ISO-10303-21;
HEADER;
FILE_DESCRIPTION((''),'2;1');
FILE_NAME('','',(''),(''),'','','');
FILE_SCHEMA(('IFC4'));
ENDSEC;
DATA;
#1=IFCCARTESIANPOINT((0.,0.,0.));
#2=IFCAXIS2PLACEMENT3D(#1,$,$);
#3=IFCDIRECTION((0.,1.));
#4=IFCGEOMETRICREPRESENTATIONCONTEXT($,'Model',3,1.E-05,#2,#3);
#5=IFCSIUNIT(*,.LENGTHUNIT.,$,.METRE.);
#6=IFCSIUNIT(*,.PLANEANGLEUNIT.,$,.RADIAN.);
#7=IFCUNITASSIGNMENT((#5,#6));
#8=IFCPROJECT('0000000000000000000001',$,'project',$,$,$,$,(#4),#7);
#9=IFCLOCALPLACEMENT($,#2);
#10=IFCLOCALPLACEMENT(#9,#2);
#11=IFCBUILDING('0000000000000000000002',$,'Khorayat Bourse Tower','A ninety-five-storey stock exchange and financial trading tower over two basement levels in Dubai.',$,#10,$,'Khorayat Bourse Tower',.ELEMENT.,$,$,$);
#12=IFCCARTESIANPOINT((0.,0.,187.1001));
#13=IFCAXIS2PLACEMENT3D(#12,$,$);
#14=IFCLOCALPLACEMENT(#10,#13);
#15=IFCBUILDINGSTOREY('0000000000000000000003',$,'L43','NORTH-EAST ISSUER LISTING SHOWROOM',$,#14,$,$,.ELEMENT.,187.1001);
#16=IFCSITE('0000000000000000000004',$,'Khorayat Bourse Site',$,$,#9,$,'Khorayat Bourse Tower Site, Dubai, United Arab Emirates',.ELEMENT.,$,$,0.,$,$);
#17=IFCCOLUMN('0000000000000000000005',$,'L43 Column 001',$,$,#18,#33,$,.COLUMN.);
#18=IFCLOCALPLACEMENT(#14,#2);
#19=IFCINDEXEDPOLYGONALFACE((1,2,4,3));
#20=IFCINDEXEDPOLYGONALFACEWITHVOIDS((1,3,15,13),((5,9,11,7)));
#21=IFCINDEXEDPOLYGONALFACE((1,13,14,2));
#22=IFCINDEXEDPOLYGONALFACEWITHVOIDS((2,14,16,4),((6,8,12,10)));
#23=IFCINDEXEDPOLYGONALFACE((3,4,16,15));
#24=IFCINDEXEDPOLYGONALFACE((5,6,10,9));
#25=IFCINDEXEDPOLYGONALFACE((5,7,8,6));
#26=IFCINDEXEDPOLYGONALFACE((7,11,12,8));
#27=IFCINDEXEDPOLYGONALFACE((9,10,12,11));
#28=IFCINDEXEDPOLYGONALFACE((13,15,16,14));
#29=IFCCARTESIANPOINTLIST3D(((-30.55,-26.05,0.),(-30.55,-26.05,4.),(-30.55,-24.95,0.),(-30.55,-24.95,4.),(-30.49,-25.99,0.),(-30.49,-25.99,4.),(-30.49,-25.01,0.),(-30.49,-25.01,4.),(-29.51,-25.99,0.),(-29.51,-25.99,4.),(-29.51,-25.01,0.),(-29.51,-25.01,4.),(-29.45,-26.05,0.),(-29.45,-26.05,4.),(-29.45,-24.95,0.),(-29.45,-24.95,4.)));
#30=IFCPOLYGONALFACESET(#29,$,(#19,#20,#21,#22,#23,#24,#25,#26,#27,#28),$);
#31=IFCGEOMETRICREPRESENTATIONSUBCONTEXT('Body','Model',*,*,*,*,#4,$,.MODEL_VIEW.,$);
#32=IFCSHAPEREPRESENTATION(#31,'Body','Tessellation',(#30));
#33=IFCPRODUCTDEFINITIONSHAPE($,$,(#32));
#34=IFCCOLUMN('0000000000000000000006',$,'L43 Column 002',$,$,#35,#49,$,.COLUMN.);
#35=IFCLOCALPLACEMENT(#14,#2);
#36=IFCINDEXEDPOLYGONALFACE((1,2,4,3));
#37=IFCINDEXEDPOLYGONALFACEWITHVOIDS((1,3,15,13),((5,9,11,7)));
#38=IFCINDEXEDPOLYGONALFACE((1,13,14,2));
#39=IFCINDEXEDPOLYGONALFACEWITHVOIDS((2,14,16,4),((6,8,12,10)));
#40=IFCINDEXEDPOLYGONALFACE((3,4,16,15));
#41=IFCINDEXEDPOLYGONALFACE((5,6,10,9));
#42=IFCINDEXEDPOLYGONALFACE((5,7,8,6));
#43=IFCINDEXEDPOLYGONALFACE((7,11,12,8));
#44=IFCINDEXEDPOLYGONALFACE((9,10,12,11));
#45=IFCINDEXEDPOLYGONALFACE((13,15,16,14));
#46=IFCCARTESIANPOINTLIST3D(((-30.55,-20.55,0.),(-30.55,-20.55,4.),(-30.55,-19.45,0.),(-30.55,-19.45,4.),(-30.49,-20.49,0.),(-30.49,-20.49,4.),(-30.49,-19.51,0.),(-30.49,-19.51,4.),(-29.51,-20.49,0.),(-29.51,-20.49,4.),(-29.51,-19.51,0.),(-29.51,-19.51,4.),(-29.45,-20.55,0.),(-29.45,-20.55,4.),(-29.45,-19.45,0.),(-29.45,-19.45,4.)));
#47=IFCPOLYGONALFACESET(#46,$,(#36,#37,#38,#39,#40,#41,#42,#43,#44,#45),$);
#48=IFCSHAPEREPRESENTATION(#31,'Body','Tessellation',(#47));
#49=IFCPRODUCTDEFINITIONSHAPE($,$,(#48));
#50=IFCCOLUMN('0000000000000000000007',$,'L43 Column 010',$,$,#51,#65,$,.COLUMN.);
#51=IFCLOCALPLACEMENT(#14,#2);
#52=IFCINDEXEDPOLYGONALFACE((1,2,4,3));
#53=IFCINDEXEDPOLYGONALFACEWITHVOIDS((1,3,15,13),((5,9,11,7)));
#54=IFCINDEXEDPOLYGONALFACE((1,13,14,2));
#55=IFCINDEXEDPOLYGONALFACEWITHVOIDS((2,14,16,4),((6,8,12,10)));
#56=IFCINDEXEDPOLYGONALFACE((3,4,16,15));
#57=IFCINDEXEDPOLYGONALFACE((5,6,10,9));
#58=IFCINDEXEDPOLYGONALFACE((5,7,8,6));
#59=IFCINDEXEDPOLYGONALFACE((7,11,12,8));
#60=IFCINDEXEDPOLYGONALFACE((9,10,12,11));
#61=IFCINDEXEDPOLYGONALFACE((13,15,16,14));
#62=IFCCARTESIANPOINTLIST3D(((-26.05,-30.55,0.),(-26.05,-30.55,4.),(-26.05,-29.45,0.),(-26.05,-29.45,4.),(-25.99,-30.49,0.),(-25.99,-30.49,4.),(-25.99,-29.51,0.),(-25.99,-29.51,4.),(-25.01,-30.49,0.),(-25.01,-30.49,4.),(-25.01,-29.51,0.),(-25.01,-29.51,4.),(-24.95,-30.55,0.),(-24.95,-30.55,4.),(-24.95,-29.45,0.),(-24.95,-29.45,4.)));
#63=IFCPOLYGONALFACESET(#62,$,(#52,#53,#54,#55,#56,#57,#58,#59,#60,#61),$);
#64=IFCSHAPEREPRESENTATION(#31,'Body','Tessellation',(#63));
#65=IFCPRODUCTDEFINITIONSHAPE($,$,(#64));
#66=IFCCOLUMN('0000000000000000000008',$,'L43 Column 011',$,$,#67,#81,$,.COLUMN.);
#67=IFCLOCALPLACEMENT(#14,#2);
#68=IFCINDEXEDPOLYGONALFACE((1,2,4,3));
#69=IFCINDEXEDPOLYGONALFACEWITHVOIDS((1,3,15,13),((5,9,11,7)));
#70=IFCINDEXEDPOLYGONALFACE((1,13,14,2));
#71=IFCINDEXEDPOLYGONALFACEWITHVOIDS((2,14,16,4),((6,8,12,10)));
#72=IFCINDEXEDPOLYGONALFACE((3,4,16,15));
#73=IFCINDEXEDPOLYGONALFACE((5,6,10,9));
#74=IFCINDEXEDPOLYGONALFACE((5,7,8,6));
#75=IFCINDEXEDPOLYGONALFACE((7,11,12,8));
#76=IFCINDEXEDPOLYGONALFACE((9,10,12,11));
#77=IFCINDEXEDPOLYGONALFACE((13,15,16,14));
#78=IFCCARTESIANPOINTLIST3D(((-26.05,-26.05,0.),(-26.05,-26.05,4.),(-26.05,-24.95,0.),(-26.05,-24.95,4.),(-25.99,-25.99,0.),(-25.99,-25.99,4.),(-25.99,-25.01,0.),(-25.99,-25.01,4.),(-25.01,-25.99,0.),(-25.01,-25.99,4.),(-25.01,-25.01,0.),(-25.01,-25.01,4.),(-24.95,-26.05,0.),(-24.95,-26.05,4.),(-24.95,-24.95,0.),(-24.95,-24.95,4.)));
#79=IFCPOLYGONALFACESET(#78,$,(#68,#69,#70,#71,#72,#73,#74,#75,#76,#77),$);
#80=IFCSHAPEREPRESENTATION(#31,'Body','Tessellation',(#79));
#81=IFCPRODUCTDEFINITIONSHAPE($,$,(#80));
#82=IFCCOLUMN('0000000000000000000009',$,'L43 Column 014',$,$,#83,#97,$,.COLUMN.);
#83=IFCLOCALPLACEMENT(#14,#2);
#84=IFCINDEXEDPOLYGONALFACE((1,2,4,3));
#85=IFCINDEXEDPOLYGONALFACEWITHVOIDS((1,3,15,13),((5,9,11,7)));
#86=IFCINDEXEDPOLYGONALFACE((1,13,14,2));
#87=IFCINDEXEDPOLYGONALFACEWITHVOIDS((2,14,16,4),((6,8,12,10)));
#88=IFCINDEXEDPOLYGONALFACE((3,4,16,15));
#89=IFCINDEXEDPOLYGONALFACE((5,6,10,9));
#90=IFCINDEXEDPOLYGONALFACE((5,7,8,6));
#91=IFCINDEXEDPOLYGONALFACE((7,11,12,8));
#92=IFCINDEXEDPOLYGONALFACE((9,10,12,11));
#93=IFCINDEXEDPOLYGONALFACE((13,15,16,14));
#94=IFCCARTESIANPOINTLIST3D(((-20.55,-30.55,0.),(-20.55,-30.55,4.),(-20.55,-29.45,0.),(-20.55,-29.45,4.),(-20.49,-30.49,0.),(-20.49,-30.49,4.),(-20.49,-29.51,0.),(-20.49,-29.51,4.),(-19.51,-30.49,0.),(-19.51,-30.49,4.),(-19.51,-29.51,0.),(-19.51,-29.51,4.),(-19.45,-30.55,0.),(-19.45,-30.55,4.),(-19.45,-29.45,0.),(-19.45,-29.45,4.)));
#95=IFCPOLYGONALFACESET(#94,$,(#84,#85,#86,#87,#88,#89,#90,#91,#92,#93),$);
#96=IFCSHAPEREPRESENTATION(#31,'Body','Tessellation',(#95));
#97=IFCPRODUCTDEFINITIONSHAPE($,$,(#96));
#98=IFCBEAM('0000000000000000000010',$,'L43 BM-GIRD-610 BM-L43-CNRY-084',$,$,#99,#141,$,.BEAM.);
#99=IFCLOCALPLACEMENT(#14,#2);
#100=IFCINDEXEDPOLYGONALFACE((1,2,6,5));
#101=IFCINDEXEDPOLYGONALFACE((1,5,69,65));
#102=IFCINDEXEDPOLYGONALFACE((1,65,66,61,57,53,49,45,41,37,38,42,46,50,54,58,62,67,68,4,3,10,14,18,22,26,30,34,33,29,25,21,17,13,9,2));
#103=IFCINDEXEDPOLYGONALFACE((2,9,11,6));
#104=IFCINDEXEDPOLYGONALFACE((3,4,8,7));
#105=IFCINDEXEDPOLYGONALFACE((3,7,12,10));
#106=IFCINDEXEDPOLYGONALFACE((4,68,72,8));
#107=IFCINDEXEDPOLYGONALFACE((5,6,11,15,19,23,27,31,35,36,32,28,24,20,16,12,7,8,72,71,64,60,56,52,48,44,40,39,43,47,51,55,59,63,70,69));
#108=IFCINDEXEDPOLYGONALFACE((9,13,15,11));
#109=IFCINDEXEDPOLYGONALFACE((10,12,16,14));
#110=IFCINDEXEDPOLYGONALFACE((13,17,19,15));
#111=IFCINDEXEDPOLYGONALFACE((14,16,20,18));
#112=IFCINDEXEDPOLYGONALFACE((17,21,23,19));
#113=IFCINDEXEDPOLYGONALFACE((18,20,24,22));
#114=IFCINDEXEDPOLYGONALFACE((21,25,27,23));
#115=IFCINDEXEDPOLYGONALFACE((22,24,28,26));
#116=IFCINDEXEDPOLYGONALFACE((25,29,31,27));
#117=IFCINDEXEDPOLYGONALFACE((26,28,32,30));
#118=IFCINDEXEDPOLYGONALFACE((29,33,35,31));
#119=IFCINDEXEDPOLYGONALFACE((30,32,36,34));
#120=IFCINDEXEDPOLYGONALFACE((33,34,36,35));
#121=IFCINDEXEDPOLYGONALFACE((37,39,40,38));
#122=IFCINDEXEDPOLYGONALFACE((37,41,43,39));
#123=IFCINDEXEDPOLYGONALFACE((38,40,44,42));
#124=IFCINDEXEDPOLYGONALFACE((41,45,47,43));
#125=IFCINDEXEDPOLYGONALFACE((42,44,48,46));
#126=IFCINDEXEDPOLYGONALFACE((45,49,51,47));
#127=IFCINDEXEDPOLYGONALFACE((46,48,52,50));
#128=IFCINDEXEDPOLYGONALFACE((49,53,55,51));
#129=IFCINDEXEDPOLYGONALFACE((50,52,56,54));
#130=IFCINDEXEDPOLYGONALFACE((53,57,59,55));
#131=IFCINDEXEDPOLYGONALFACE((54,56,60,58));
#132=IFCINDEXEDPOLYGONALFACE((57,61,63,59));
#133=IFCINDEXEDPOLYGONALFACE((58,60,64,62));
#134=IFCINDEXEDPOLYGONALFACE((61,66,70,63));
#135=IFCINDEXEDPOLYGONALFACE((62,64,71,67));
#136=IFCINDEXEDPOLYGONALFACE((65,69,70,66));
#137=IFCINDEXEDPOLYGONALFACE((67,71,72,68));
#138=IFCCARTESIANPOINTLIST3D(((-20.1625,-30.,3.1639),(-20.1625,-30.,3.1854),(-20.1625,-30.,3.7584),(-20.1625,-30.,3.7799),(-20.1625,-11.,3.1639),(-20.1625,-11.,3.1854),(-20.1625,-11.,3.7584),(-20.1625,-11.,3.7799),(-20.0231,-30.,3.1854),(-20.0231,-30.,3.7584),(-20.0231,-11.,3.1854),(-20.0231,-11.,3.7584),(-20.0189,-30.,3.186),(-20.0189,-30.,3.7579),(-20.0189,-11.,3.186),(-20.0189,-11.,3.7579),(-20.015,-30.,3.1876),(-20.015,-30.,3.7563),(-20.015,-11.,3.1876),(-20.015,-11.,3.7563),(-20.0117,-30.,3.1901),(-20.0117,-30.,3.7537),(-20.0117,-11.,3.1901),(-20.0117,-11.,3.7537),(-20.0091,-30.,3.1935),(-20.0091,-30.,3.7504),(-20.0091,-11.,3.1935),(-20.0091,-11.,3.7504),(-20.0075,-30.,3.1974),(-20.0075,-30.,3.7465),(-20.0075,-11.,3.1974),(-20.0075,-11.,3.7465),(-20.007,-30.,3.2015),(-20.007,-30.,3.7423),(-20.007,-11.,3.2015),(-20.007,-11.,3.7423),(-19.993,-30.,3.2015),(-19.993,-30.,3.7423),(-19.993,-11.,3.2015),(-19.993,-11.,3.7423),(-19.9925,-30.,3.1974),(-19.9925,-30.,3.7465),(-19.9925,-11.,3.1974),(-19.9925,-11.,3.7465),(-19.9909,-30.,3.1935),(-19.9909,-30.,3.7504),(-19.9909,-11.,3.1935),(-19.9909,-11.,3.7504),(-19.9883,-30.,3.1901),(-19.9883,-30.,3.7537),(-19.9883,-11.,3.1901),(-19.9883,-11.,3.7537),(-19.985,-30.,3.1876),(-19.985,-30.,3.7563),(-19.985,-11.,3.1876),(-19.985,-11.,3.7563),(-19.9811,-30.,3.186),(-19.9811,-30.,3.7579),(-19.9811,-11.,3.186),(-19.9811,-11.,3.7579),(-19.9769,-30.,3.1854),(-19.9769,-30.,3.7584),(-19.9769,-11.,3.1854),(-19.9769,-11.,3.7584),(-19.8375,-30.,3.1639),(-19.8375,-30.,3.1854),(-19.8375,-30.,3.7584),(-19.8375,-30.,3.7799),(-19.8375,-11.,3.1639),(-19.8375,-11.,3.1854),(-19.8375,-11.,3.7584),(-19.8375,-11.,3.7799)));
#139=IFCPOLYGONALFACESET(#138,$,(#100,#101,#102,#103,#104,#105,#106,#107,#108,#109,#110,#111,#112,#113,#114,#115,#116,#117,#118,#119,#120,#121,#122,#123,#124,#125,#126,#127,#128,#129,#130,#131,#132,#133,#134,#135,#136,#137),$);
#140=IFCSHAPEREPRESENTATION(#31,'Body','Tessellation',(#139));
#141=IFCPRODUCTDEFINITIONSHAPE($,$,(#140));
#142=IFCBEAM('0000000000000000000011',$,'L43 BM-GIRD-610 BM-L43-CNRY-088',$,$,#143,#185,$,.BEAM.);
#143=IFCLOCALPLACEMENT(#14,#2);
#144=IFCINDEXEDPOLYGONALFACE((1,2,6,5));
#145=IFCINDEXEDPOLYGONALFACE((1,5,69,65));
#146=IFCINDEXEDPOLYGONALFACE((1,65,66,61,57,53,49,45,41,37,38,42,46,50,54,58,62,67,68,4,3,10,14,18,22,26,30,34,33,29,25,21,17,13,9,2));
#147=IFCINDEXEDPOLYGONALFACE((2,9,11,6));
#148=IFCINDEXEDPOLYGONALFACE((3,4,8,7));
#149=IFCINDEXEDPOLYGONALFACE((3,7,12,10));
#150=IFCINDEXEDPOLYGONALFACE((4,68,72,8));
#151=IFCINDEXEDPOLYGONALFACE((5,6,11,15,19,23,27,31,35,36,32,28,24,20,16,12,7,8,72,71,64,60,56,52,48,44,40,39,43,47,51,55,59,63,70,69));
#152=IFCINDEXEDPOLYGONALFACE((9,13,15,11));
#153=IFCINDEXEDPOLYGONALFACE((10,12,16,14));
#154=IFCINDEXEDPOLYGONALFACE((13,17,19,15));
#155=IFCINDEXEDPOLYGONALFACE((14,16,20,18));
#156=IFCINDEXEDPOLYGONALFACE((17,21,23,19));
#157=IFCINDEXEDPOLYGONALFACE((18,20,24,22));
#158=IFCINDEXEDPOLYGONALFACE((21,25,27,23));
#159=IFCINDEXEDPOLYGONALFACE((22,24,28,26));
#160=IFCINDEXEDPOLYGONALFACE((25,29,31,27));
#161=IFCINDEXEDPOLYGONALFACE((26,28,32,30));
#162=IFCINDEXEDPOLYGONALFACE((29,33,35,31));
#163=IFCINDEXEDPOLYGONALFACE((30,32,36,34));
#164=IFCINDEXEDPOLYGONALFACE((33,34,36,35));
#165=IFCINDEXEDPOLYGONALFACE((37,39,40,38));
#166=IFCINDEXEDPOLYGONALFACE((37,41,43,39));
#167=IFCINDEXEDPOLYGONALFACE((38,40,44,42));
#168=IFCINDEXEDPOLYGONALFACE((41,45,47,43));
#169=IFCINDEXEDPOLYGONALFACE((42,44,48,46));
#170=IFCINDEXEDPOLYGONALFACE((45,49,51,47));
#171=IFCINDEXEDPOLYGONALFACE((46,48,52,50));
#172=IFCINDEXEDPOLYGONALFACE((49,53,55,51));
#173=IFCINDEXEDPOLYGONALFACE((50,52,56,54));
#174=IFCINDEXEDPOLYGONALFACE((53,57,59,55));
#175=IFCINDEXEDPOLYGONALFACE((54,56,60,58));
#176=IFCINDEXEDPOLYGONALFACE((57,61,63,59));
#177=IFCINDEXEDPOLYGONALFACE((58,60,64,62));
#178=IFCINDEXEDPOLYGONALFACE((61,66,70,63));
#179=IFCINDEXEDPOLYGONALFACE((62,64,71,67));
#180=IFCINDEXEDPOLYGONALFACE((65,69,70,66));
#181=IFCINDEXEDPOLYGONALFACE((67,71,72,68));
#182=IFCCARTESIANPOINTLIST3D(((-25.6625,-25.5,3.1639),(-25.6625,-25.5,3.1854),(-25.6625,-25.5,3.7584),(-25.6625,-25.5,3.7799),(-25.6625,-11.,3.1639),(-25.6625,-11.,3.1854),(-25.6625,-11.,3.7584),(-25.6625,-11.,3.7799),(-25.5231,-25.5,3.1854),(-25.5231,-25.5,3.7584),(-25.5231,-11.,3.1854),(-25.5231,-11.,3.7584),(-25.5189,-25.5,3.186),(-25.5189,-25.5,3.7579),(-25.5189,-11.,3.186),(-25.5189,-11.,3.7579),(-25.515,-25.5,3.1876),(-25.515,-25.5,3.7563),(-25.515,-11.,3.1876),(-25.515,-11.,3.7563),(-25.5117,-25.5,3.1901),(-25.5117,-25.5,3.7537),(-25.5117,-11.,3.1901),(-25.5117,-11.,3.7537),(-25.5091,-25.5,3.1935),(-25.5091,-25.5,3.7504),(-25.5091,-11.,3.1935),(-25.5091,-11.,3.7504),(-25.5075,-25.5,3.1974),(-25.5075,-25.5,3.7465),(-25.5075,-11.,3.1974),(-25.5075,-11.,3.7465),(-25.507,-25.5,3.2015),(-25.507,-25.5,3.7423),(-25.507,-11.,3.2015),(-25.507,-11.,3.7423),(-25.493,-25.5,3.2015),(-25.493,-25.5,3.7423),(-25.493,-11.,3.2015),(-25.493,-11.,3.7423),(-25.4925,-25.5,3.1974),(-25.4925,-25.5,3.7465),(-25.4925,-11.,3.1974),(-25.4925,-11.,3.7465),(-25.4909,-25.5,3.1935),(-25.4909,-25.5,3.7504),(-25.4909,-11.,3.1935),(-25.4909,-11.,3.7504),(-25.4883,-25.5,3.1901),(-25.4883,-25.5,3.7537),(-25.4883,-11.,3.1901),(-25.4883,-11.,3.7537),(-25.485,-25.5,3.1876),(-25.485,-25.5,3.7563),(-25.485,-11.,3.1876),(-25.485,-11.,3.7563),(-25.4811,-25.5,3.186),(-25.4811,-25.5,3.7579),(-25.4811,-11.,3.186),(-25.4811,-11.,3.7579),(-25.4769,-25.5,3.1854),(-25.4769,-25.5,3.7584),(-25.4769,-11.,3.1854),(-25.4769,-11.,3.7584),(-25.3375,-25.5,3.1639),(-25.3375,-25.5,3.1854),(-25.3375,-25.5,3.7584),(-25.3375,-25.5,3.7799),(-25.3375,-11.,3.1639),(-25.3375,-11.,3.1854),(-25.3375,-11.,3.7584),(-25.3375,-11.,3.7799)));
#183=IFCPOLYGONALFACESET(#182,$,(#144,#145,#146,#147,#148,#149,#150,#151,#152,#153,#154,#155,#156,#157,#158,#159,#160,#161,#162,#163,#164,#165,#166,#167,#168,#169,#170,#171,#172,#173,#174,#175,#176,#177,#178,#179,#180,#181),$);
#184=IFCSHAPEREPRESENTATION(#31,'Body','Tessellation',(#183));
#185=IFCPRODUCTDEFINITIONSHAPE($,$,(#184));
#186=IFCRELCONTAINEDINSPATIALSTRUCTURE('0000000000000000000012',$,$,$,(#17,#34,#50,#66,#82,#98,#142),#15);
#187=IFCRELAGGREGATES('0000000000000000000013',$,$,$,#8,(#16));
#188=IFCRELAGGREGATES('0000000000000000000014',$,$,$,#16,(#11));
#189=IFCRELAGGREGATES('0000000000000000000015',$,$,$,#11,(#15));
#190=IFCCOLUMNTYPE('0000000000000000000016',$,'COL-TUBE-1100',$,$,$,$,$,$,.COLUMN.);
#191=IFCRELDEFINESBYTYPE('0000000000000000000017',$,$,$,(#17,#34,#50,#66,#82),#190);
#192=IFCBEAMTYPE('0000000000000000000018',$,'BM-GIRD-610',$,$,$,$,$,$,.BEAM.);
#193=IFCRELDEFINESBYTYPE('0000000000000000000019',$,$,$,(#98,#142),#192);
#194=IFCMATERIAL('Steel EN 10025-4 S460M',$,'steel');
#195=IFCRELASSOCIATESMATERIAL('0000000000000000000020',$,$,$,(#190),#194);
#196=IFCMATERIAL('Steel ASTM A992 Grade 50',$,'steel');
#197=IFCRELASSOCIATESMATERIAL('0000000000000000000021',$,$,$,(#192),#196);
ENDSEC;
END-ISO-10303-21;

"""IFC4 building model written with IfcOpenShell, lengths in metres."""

from ifc_helpers import new_model, si_unit, direction, frame, origin, origin_2d, place, context, subcontext, project, spatial, hollow_rectangle, i_section, extrude, source, transform, mapped, material, material_profile, profile_set, type_object, element, save


model = new_model("IFC4")

# Units and contexts
model_context = context("Model", 3, precision=1e-05, world=origin(), true_north=direction((0.0, 1.0)))
body_context = subcontext(model_context, "Body", "Model", "MODEL_VIEW")
ifc_project = project(units=[si_unit("LENGTHUNIT", "METRE"), si_unit("PLANEANGLEUNIT", "RADIAN")], contexts=[model_context])

# Site, building, storey
site_placement = place(None, origin())
site = spatial("IfcSite", under=ifc_project, at=site_placement, Name="Khorayat Bourse Site", LongName="Khorayat Bourse Tower Site, Dubai, United Arab Emirates", CompositionType="ELEMENT", RefElevation=0.0)
building_placement = place(site_placement, origin())
building = spatial("IfcBuilding", under=site, at=building_placement, Name="Khorayat Bourse Tower", Description="A ninety-five-storey stock exchange and financial trading tower over two basement levels in Dubai.", LongName="Khorayat Bourse Tower", CompositionType="ELEMENT")
storey_placement = place(building_placement, frame((0.0, 0.0, 187.1001)))
storey = spatial("IfcBuildingStorey", under=building, at=storey_placement, Name="L43", Description="NORTH-EAST ISSUER LISTING SHOWROOM", CompositionType="ELEMENT", Elevation=187.1001)

# Columns
ifc_material_1 = material(Name="Steel EN 10025-4 S460M", Category="steel")
ifc_material_profile_1 = material_profile(ifc_material_1, hollow_rectangle(XDim=1.1001, YDim=1.1001, WallThickness=0.0601, at=origin_2d()), Name="BOX 1100x1100x60")
ifc_profile_set_1 = profile_set([ifc_material_profile_1], Name="Steel EN 10025-4 S460M")
column_type = type_object("IfcColumnType", Name="COL-TUBE-1100", PredefinedType="COLUMN", material=ifc_profile_set_1)
shared_shape_1 = source(origin(), body_context, "Body", "SweptSolid", [
    extrude(hollow_rectangle(XDim=1.1001, YDim=1.1001, WallThickness=0.0601, at=origin_2d()), origin(), (0.0, 0.0, 1.0), 4.0),
])
for number, where, z_axis, x_axis, name in (
    (1, (-30.0, -25.5, 0.0), (0.0, 0.0, 1.0), (1.0, 0.0, 0.0), "L43 Column 001"),
    (2, (-30.0, -20.0, 0.0), (0.0, 0.0, 1.0), (1.0, 0.0, 0.0), "L43 Column 002"),
    (3, (-25.5, -30.0, 0.0), (0.0, 0.0, 1.0), (1.0, 0.0, 0.0), "L43 Column 010"),
    (4, (-25.5, -25.5, 0.0), (0.0, 0.0, 1.0), (1.0, 0.0, 0.0), "L43 Column 011"),
    (5, (-20.0, -30.0, 0.0), (0.0, 0.0, 1.0), (1.0, 0.0, 0.0), "L43 Column 014"),
):
    element("IfcColumn", number, at=place(storey_placement, frame(where, z_axis=z_axis, x_axis=x_axis)), inside=storey, type_object=column_type, Name=name, PredefinedType="COLUMN", context=body_context, shape_type="MappedRepresentation", body=[
        mapped(shared_shape_1, transform((0.0, 0.0, 0.0), scale=1.0)),
    ])

# Beams
ifc_material_2 = material(Name="Steel ASTM A992 Grade 50", Category="steel")
ifc_material_profile_2 = material_profile(ifc_material_2, i_section(OverallWidth=0.325, OverallDepth=0.616, WebThickness=0.0139, FlangeThickness=0.0215, FilletRadius=0.0161, at=origin_2d()), Name="W610X174")
ifc_profile_set_2 = profile_set([ifc_material_profile_2], Name="Steel ASTM A992 Grade 50")
beam_type_1 = type_object("IfcBeamType", Name="BM-GIRD-610", PredefinedType="BEAM", material=ifc_profile_set_2)
shared_shape_2 = source(origin(), body_context, "Body", "SweptSolid", [
    extrude(i_section(OverallWidth=0.325, OverallDepth=0.616, WebThickness=0.0139, FlangeThickness=0.0215, FilletRadius=0.0161, at=origin_2d()), origin(), (0.0, 0.0, 1.0), 19.0),
])
beam_1_placement = place(storey_placement, frame((-20.0, -30.0, 3.4719), z_axis=(0.0, 1.0, 0.0), x_axis=(-1.0, 0.0, 0.0)))
element("IfcBeam", 6, at=beam_1_placement, inside=storey, type_object=beam_type_1, Name="L43 BM-GIRD-610 BM-L43-CNRY-084", PredefinedType="BEAM", context=body_context, shape_type="MappedRepresentation", body=[
    mapped(shared_shape_2, transform((0.0, 0.0, 0.0), scale=1.0)),
])
shared_shape_3 = source(origin(), body_context, "Body", "SweptSolid", [
    extrude(i_section(OverallWidth=0.325, OverallDepth=0.616, WebThickness=0.0139, FlangeThickness=0.0215, FilletRadius=0.0161, at=origin_2d()), origin(), (0.0, 0.0, 1.0), 14.5),
])
beam_2_placement = place(storey_placement, frame((-25.5, -25.5, 3.4719), z_axis=(0.0, 1.0, 0.0), x_axis=(-1.0, 0.0, 0.0)))
element("IfcBeam", 7, at=beam_2_placement, inside=storey, type_object=beam_type_1, Name="L43 BM-GIRD-610 BM-L43-CNRY-088", PredefinedType="BEAM", context=body_context, shape_type="MappedRepresentation", body=[
    mapped(shared_shape_3, transform((0.0, 0.0, 0.0), scale=1.0)),
])

save(model, "model.ifc")
